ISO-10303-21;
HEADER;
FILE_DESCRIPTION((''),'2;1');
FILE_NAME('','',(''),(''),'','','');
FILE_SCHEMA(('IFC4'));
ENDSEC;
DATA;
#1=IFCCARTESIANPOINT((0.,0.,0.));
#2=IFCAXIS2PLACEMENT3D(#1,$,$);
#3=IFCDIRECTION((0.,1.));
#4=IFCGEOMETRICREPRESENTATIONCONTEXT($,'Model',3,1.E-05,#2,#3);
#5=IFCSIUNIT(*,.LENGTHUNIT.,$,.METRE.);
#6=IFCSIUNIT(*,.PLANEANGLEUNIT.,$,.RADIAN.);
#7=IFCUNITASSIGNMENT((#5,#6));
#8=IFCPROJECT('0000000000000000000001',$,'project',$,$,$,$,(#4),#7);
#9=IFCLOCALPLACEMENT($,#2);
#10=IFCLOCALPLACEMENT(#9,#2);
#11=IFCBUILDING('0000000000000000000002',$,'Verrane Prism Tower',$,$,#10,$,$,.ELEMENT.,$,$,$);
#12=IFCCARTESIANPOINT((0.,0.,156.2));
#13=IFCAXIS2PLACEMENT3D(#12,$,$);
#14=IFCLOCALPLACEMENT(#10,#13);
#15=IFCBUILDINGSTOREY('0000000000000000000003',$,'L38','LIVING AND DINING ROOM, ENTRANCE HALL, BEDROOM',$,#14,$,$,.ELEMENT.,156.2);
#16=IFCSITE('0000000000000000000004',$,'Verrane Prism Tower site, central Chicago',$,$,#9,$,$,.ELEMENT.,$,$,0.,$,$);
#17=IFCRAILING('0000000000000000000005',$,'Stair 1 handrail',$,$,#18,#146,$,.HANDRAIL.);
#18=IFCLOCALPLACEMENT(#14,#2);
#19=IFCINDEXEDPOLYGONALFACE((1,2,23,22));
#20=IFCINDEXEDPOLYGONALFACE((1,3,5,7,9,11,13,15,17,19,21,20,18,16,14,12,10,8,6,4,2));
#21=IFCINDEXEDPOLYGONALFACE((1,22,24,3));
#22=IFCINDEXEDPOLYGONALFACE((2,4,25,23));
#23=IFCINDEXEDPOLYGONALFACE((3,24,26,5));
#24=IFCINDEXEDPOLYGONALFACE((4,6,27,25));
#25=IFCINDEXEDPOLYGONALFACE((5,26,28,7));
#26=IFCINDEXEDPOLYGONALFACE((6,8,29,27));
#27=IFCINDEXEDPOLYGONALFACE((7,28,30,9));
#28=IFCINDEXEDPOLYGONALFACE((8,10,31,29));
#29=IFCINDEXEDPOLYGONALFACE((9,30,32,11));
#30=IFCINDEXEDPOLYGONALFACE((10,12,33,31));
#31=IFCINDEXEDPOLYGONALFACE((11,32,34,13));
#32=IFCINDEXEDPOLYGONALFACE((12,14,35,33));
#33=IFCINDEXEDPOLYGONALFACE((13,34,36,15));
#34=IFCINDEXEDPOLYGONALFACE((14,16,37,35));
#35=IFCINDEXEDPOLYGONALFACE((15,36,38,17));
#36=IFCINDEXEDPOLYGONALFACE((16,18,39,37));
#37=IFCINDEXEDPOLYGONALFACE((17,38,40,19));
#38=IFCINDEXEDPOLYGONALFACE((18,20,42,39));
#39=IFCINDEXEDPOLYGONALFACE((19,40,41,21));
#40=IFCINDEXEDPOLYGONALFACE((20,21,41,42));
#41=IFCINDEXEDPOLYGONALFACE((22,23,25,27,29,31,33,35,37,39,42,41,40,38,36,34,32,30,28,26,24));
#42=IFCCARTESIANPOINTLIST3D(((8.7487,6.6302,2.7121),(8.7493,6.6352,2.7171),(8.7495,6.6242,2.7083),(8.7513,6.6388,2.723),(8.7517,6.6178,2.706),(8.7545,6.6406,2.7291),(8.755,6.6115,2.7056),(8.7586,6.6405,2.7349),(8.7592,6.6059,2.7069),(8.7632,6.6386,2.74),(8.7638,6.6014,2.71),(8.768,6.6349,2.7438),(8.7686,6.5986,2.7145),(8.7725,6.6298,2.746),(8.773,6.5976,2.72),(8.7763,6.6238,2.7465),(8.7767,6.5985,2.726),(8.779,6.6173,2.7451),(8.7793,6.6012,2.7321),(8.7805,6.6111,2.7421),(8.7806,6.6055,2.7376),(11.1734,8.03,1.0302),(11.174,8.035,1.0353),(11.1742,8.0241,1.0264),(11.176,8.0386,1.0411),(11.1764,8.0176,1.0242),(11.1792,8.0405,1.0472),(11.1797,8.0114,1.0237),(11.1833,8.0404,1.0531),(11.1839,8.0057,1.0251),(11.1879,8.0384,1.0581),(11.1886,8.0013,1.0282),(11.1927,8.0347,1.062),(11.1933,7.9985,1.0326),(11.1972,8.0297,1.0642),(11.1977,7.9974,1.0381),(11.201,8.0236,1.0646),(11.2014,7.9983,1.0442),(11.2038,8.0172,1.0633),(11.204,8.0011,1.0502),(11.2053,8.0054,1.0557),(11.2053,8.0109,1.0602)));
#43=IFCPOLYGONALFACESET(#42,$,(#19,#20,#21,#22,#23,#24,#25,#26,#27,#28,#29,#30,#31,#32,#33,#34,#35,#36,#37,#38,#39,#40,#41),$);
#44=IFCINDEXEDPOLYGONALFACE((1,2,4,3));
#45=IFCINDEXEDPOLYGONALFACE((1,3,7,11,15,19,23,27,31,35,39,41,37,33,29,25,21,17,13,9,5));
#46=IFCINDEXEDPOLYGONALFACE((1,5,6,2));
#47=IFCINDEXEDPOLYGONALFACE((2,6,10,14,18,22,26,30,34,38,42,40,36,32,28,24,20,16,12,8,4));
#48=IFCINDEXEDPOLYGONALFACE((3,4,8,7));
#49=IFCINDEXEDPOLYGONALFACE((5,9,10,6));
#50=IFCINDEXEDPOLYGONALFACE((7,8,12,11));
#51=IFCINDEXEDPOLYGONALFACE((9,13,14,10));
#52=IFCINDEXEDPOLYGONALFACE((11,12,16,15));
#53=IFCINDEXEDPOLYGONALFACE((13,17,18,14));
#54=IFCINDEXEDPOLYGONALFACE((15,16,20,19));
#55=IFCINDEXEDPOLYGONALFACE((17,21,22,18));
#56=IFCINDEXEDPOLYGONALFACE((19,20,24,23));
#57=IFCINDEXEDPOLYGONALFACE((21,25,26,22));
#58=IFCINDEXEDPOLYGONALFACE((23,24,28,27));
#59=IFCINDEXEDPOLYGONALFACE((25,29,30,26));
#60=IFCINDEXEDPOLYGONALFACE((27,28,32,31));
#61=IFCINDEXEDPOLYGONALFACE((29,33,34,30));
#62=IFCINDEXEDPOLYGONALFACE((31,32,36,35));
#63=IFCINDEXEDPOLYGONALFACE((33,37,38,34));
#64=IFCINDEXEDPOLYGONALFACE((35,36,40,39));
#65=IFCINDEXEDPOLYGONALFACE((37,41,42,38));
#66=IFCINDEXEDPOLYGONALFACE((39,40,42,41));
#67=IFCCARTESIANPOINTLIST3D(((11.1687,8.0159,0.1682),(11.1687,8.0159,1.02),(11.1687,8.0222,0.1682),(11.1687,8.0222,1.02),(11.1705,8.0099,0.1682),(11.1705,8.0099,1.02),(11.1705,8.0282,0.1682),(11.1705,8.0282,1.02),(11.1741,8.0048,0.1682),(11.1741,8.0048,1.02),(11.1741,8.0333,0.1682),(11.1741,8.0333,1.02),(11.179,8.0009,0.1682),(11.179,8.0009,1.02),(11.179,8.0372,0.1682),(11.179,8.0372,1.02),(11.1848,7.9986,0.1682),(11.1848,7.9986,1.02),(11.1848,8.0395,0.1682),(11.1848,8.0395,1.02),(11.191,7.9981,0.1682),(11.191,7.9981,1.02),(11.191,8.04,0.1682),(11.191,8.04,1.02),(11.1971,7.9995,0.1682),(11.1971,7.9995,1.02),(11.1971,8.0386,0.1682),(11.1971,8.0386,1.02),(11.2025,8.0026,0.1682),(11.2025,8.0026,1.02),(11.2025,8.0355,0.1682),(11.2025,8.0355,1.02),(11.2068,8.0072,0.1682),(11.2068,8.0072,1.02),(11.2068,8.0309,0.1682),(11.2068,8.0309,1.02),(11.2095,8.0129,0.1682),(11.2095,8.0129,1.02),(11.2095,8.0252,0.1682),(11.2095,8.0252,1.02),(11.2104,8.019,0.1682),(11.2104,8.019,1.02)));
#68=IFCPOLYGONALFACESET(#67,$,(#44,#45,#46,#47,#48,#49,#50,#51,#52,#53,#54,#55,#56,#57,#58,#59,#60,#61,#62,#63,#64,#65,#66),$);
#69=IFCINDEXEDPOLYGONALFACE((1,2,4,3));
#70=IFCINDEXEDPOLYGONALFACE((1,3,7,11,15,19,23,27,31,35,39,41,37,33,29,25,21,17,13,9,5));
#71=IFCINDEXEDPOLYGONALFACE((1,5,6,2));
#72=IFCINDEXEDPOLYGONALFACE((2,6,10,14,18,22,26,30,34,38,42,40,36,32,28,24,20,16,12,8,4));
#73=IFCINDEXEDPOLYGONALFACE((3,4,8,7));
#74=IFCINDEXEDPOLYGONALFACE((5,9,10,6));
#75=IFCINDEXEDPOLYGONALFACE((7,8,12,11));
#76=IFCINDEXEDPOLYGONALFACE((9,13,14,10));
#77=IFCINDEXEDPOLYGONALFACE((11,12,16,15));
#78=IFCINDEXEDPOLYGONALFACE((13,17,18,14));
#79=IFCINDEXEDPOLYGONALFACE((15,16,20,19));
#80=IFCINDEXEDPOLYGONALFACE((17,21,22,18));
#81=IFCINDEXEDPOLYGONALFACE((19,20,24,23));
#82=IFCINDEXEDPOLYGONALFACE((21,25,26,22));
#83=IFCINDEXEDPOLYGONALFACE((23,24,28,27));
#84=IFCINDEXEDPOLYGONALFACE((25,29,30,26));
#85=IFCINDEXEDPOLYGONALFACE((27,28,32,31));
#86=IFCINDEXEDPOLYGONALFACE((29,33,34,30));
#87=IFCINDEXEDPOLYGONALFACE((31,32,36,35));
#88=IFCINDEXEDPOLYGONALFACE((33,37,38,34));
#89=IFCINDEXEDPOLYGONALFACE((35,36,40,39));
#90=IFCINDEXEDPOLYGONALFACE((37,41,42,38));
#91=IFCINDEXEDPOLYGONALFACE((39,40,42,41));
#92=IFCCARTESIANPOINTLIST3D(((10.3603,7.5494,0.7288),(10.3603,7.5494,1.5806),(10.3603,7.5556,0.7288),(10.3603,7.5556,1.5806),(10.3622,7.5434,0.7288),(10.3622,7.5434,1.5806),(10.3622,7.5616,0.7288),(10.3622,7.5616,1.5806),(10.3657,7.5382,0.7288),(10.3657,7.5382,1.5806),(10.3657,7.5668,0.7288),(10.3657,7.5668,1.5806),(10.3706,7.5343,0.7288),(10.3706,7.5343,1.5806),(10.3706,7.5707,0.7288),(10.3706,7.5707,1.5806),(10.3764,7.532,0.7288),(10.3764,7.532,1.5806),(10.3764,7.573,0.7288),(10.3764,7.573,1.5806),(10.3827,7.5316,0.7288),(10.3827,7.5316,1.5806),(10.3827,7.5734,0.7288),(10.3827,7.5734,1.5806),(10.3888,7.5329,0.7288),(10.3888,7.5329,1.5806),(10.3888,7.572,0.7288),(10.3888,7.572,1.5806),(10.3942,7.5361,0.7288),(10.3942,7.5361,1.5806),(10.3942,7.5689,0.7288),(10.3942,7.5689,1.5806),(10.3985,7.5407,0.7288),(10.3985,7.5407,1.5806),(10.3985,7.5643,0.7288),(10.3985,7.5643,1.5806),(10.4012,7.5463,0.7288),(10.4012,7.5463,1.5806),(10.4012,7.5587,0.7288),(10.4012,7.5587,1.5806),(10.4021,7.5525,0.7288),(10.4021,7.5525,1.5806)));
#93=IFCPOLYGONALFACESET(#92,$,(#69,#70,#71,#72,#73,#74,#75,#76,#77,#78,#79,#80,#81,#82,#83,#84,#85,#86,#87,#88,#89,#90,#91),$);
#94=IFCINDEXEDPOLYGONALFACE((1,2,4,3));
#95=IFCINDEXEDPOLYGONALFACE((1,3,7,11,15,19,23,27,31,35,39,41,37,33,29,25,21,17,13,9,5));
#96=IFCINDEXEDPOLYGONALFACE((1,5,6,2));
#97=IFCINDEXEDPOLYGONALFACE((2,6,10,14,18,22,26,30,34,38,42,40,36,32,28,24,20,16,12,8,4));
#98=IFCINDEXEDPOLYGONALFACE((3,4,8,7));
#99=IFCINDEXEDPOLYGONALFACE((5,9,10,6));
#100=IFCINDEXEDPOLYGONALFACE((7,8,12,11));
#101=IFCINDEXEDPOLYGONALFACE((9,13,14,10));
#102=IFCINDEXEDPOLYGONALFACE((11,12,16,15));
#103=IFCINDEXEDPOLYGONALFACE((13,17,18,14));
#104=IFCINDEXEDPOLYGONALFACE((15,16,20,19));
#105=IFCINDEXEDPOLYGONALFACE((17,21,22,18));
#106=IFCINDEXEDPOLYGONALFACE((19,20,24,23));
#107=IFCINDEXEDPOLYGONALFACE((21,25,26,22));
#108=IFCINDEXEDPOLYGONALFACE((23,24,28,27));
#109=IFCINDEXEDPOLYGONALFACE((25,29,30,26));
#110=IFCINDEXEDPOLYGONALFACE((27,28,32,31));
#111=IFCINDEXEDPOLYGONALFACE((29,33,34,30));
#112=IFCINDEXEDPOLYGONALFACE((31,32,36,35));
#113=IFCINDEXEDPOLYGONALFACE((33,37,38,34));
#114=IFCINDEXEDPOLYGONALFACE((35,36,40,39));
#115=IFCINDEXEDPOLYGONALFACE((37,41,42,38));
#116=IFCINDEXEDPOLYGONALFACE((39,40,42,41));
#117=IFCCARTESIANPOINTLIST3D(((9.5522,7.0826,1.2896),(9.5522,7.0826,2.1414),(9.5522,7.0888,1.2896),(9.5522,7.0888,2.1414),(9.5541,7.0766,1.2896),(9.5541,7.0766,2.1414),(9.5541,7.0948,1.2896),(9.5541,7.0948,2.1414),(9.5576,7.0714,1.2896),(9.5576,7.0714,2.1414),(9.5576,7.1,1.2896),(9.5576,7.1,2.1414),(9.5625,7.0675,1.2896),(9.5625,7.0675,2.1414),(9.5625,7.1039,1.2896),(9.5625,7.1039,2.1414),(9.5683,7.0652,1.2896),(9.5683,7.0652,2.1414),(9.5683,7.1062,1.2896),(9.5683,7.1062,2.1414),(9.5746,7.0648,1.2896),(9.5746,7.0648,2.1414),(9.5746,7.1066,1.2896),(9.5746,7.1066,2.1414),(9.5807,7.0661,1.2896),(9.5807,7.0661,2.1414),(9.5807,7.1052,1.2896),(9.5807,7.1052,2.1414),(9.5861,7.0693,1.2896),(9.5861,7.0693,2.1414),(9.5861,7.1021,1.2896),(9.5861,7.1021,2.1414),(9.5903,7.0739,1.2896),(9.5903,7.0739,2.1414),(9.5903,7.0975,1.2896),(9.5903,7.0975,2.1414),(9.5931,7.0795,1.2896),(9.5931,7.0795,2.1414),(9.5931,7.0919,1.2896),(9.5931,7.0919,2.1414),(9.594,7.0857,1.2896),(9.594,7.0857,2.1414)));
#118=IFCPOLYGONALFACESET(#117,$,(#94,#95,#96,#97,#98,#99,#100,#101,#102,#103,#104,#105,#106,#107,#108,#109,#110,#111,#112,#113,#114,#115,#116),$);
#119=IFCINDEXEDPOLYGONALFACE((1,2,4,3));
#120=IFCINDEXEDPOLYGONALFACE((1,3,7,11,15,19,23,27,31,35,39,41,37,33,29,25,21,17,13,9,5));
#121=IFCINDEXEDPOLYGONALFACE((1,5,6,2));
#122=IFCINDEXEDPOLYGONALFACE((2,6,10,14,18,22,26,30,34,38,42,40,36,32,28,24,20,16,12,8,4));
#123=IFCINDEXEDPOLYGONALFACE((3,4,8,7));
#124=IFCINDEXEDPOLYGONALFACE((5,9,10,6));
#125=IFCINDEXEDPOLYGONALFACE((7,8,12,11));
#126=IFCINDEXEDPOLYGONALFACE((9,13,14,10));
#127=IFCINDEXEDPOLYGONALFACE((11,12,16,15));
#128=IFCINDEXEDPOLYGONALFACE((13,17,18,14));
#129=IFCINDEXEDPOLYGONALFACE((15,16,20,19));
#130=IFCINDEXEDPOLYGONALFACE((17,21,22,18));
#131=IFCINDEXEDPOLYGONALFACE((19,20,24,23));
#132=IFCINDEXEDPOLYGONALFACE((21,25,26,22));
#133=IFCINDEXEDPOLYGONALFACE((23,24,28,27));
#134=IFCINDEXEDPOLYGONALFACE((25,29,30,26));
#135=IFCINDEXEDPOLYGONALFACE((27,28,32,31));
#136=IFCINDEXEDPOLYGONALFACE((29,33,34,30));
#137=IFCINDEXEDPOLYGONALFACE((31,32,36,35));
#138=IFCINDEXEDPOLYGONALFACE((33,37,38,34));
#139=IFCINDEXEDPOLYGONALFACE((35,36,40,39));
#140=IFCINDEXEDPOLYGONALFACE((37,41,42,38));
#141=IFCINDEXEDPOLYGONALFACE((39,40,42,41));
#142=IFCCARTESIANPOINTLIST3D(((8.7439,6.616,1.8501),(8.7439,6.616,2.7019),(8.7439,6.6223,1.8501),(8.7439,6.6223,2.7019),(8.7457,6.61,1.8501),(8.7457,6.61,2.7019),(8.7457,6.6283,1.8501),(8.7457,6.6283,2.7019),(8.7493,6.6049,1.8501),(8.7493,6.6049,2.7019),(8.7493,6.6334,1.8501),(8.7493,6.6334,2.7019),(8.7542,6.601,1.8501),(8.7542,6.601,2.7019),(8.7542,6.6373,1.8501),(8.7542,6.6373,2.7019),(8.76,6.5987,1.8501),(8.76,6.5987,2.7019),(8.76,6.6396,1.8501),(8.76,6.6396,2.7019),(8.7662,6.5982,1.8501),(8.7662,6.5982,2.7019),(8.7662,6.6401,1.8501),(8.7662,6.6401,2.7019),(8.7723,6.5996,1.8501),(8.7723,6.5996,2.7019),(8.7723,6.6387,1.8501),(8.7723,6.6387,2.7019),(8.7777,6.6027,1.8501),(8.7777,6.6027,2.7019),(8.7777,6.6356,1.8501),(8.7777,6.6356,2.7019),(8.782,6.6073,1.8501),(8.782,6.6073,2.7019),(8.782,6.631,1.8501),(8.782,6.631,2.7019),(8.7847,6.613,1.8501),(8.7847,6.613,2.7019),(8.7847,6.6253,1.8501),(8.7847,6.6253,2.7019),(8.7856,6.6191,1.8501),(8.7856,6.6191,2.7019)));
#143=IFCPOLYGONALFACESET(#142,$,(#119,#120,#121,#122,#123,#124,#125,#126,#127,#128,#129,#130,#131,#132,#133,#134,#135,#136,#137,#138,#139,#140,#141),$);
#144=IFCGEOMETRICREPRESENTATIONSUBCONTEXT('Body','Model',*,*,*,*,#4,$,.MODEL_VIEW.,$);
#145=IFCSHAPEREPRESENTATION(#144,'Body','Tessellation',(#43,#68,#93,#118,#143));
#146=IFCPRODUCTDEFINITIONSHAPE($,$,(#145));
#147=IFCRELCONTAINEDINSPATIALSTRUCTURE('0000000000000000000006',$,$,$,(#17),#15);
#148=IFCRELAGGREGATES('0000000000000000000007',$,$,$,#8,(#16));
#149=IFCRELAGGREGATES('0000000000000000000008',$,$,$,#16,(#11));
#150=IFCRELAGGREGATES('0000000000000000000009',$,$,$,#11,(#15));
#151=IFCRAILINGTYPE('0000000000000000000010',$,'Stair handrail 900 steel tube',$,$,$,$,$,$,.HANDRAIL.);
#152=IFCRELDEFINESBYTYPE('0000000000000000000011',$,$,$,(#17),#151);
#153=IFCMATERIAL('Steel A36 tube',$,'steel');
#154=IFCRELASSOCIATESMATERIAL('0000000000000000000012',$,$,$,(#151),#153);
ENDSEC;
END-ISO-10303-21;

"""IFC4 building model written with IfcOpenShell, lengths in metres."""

from ifc_helpers import new_model, si_unit, direction, frame, origin, origin_2d, place, context, subcontext, project, spatial, circle, extrude, material, type_object, element, save


model = new_model("IFC4")

# Units and contexts
model_context = context("Model", 3, precision=1e-05, world=origin(), true_north=direction((0.0, 1.0)))
body_context = subcontext(model_context, "Body", "Model", "MODEL_VIEW")
ifc_project = project(units=[si_unit("LENGTHUNIT", "METRE"), si_unit("PLANEANGLEUNIT", "RADIAN")], contexts=[model_context])

# Site, building, storey
site_placement = place(None, origin())
site = spatial("IfcSite", under=ifc_project, at=site_placement, Name="Verrane Prism Tower site, central Chicago", CompositionType="ELEMENT", RefElevation=0.0)
building_placement = place(site_placement, origin())
building = spatial("IfcBuilding", under=site, at=building_placement, Name="Verrane Prism Tower", CompositionType="ELEMENT")
storey_placement = place(building_placement, frame((0.0, 0.0, 156.2)))
storey = spatial("IfcBuildingStorey", under=building, at=storey_placement, Name="L38", Description="LIVING AND DINING ROOM, ENTRANCE HALL, BEDROOM", CompositionType="ELEMENT", Elevation=156.2)

# Railing
ifc_material_1 = material(Name="Steel A36 tube", Category="steel")
railing_type_1 = type_object("IfcRailingType", Name="Stair handrail 900 steel tube", PredefinedType="HANDRAIL", material=ifc_material_1)
railing_1_placement = place(storey_placement, frame((11.1895, 8.019, 0.1682)))
element("IfcRailing", 1, at=railing_1_placement, inside=storey, type_object=railing_type_1, Name="Stair 1 handrail", PredefinedType="HANDRAIL", context=body_context, shape_type="SweptSolid", body=[
    extrude(circle(Radius=0.0239, at=origin_2d()), frame((0.0, 0.0, 0.876), z_axis=(-0.74239, -0.428601, 0.514934), x_axis=(0.499984, -0.866035, 0.0)), (0.0, 0.0, 1.0), 3.2661),
    extrude(circle(Radius=0.021, at=origin_2d()), origin(), (0.0, 0.0, 1.0), 0.8518),
    extrude(circle(Radius=0.021, at=origin_2d()), frame((-0.8083, -0.4666, 0.5605)), (0.0, 0.0, 1.0), 0.8518),
    extrude(circle(Radius=0.021, at=origin_2d()), frame((-1.6165, -0.9333, 1.1213)), (0.0, 0.0, 1.0), 0.8518),
    extrude(circle(Radius=0.021, at=origin_2d()), frame((-2.4248, -1.3999, 1.6819)), (0.0, 0.0, 1.0), 0.8518),
])

save(model, "model.ifc")
